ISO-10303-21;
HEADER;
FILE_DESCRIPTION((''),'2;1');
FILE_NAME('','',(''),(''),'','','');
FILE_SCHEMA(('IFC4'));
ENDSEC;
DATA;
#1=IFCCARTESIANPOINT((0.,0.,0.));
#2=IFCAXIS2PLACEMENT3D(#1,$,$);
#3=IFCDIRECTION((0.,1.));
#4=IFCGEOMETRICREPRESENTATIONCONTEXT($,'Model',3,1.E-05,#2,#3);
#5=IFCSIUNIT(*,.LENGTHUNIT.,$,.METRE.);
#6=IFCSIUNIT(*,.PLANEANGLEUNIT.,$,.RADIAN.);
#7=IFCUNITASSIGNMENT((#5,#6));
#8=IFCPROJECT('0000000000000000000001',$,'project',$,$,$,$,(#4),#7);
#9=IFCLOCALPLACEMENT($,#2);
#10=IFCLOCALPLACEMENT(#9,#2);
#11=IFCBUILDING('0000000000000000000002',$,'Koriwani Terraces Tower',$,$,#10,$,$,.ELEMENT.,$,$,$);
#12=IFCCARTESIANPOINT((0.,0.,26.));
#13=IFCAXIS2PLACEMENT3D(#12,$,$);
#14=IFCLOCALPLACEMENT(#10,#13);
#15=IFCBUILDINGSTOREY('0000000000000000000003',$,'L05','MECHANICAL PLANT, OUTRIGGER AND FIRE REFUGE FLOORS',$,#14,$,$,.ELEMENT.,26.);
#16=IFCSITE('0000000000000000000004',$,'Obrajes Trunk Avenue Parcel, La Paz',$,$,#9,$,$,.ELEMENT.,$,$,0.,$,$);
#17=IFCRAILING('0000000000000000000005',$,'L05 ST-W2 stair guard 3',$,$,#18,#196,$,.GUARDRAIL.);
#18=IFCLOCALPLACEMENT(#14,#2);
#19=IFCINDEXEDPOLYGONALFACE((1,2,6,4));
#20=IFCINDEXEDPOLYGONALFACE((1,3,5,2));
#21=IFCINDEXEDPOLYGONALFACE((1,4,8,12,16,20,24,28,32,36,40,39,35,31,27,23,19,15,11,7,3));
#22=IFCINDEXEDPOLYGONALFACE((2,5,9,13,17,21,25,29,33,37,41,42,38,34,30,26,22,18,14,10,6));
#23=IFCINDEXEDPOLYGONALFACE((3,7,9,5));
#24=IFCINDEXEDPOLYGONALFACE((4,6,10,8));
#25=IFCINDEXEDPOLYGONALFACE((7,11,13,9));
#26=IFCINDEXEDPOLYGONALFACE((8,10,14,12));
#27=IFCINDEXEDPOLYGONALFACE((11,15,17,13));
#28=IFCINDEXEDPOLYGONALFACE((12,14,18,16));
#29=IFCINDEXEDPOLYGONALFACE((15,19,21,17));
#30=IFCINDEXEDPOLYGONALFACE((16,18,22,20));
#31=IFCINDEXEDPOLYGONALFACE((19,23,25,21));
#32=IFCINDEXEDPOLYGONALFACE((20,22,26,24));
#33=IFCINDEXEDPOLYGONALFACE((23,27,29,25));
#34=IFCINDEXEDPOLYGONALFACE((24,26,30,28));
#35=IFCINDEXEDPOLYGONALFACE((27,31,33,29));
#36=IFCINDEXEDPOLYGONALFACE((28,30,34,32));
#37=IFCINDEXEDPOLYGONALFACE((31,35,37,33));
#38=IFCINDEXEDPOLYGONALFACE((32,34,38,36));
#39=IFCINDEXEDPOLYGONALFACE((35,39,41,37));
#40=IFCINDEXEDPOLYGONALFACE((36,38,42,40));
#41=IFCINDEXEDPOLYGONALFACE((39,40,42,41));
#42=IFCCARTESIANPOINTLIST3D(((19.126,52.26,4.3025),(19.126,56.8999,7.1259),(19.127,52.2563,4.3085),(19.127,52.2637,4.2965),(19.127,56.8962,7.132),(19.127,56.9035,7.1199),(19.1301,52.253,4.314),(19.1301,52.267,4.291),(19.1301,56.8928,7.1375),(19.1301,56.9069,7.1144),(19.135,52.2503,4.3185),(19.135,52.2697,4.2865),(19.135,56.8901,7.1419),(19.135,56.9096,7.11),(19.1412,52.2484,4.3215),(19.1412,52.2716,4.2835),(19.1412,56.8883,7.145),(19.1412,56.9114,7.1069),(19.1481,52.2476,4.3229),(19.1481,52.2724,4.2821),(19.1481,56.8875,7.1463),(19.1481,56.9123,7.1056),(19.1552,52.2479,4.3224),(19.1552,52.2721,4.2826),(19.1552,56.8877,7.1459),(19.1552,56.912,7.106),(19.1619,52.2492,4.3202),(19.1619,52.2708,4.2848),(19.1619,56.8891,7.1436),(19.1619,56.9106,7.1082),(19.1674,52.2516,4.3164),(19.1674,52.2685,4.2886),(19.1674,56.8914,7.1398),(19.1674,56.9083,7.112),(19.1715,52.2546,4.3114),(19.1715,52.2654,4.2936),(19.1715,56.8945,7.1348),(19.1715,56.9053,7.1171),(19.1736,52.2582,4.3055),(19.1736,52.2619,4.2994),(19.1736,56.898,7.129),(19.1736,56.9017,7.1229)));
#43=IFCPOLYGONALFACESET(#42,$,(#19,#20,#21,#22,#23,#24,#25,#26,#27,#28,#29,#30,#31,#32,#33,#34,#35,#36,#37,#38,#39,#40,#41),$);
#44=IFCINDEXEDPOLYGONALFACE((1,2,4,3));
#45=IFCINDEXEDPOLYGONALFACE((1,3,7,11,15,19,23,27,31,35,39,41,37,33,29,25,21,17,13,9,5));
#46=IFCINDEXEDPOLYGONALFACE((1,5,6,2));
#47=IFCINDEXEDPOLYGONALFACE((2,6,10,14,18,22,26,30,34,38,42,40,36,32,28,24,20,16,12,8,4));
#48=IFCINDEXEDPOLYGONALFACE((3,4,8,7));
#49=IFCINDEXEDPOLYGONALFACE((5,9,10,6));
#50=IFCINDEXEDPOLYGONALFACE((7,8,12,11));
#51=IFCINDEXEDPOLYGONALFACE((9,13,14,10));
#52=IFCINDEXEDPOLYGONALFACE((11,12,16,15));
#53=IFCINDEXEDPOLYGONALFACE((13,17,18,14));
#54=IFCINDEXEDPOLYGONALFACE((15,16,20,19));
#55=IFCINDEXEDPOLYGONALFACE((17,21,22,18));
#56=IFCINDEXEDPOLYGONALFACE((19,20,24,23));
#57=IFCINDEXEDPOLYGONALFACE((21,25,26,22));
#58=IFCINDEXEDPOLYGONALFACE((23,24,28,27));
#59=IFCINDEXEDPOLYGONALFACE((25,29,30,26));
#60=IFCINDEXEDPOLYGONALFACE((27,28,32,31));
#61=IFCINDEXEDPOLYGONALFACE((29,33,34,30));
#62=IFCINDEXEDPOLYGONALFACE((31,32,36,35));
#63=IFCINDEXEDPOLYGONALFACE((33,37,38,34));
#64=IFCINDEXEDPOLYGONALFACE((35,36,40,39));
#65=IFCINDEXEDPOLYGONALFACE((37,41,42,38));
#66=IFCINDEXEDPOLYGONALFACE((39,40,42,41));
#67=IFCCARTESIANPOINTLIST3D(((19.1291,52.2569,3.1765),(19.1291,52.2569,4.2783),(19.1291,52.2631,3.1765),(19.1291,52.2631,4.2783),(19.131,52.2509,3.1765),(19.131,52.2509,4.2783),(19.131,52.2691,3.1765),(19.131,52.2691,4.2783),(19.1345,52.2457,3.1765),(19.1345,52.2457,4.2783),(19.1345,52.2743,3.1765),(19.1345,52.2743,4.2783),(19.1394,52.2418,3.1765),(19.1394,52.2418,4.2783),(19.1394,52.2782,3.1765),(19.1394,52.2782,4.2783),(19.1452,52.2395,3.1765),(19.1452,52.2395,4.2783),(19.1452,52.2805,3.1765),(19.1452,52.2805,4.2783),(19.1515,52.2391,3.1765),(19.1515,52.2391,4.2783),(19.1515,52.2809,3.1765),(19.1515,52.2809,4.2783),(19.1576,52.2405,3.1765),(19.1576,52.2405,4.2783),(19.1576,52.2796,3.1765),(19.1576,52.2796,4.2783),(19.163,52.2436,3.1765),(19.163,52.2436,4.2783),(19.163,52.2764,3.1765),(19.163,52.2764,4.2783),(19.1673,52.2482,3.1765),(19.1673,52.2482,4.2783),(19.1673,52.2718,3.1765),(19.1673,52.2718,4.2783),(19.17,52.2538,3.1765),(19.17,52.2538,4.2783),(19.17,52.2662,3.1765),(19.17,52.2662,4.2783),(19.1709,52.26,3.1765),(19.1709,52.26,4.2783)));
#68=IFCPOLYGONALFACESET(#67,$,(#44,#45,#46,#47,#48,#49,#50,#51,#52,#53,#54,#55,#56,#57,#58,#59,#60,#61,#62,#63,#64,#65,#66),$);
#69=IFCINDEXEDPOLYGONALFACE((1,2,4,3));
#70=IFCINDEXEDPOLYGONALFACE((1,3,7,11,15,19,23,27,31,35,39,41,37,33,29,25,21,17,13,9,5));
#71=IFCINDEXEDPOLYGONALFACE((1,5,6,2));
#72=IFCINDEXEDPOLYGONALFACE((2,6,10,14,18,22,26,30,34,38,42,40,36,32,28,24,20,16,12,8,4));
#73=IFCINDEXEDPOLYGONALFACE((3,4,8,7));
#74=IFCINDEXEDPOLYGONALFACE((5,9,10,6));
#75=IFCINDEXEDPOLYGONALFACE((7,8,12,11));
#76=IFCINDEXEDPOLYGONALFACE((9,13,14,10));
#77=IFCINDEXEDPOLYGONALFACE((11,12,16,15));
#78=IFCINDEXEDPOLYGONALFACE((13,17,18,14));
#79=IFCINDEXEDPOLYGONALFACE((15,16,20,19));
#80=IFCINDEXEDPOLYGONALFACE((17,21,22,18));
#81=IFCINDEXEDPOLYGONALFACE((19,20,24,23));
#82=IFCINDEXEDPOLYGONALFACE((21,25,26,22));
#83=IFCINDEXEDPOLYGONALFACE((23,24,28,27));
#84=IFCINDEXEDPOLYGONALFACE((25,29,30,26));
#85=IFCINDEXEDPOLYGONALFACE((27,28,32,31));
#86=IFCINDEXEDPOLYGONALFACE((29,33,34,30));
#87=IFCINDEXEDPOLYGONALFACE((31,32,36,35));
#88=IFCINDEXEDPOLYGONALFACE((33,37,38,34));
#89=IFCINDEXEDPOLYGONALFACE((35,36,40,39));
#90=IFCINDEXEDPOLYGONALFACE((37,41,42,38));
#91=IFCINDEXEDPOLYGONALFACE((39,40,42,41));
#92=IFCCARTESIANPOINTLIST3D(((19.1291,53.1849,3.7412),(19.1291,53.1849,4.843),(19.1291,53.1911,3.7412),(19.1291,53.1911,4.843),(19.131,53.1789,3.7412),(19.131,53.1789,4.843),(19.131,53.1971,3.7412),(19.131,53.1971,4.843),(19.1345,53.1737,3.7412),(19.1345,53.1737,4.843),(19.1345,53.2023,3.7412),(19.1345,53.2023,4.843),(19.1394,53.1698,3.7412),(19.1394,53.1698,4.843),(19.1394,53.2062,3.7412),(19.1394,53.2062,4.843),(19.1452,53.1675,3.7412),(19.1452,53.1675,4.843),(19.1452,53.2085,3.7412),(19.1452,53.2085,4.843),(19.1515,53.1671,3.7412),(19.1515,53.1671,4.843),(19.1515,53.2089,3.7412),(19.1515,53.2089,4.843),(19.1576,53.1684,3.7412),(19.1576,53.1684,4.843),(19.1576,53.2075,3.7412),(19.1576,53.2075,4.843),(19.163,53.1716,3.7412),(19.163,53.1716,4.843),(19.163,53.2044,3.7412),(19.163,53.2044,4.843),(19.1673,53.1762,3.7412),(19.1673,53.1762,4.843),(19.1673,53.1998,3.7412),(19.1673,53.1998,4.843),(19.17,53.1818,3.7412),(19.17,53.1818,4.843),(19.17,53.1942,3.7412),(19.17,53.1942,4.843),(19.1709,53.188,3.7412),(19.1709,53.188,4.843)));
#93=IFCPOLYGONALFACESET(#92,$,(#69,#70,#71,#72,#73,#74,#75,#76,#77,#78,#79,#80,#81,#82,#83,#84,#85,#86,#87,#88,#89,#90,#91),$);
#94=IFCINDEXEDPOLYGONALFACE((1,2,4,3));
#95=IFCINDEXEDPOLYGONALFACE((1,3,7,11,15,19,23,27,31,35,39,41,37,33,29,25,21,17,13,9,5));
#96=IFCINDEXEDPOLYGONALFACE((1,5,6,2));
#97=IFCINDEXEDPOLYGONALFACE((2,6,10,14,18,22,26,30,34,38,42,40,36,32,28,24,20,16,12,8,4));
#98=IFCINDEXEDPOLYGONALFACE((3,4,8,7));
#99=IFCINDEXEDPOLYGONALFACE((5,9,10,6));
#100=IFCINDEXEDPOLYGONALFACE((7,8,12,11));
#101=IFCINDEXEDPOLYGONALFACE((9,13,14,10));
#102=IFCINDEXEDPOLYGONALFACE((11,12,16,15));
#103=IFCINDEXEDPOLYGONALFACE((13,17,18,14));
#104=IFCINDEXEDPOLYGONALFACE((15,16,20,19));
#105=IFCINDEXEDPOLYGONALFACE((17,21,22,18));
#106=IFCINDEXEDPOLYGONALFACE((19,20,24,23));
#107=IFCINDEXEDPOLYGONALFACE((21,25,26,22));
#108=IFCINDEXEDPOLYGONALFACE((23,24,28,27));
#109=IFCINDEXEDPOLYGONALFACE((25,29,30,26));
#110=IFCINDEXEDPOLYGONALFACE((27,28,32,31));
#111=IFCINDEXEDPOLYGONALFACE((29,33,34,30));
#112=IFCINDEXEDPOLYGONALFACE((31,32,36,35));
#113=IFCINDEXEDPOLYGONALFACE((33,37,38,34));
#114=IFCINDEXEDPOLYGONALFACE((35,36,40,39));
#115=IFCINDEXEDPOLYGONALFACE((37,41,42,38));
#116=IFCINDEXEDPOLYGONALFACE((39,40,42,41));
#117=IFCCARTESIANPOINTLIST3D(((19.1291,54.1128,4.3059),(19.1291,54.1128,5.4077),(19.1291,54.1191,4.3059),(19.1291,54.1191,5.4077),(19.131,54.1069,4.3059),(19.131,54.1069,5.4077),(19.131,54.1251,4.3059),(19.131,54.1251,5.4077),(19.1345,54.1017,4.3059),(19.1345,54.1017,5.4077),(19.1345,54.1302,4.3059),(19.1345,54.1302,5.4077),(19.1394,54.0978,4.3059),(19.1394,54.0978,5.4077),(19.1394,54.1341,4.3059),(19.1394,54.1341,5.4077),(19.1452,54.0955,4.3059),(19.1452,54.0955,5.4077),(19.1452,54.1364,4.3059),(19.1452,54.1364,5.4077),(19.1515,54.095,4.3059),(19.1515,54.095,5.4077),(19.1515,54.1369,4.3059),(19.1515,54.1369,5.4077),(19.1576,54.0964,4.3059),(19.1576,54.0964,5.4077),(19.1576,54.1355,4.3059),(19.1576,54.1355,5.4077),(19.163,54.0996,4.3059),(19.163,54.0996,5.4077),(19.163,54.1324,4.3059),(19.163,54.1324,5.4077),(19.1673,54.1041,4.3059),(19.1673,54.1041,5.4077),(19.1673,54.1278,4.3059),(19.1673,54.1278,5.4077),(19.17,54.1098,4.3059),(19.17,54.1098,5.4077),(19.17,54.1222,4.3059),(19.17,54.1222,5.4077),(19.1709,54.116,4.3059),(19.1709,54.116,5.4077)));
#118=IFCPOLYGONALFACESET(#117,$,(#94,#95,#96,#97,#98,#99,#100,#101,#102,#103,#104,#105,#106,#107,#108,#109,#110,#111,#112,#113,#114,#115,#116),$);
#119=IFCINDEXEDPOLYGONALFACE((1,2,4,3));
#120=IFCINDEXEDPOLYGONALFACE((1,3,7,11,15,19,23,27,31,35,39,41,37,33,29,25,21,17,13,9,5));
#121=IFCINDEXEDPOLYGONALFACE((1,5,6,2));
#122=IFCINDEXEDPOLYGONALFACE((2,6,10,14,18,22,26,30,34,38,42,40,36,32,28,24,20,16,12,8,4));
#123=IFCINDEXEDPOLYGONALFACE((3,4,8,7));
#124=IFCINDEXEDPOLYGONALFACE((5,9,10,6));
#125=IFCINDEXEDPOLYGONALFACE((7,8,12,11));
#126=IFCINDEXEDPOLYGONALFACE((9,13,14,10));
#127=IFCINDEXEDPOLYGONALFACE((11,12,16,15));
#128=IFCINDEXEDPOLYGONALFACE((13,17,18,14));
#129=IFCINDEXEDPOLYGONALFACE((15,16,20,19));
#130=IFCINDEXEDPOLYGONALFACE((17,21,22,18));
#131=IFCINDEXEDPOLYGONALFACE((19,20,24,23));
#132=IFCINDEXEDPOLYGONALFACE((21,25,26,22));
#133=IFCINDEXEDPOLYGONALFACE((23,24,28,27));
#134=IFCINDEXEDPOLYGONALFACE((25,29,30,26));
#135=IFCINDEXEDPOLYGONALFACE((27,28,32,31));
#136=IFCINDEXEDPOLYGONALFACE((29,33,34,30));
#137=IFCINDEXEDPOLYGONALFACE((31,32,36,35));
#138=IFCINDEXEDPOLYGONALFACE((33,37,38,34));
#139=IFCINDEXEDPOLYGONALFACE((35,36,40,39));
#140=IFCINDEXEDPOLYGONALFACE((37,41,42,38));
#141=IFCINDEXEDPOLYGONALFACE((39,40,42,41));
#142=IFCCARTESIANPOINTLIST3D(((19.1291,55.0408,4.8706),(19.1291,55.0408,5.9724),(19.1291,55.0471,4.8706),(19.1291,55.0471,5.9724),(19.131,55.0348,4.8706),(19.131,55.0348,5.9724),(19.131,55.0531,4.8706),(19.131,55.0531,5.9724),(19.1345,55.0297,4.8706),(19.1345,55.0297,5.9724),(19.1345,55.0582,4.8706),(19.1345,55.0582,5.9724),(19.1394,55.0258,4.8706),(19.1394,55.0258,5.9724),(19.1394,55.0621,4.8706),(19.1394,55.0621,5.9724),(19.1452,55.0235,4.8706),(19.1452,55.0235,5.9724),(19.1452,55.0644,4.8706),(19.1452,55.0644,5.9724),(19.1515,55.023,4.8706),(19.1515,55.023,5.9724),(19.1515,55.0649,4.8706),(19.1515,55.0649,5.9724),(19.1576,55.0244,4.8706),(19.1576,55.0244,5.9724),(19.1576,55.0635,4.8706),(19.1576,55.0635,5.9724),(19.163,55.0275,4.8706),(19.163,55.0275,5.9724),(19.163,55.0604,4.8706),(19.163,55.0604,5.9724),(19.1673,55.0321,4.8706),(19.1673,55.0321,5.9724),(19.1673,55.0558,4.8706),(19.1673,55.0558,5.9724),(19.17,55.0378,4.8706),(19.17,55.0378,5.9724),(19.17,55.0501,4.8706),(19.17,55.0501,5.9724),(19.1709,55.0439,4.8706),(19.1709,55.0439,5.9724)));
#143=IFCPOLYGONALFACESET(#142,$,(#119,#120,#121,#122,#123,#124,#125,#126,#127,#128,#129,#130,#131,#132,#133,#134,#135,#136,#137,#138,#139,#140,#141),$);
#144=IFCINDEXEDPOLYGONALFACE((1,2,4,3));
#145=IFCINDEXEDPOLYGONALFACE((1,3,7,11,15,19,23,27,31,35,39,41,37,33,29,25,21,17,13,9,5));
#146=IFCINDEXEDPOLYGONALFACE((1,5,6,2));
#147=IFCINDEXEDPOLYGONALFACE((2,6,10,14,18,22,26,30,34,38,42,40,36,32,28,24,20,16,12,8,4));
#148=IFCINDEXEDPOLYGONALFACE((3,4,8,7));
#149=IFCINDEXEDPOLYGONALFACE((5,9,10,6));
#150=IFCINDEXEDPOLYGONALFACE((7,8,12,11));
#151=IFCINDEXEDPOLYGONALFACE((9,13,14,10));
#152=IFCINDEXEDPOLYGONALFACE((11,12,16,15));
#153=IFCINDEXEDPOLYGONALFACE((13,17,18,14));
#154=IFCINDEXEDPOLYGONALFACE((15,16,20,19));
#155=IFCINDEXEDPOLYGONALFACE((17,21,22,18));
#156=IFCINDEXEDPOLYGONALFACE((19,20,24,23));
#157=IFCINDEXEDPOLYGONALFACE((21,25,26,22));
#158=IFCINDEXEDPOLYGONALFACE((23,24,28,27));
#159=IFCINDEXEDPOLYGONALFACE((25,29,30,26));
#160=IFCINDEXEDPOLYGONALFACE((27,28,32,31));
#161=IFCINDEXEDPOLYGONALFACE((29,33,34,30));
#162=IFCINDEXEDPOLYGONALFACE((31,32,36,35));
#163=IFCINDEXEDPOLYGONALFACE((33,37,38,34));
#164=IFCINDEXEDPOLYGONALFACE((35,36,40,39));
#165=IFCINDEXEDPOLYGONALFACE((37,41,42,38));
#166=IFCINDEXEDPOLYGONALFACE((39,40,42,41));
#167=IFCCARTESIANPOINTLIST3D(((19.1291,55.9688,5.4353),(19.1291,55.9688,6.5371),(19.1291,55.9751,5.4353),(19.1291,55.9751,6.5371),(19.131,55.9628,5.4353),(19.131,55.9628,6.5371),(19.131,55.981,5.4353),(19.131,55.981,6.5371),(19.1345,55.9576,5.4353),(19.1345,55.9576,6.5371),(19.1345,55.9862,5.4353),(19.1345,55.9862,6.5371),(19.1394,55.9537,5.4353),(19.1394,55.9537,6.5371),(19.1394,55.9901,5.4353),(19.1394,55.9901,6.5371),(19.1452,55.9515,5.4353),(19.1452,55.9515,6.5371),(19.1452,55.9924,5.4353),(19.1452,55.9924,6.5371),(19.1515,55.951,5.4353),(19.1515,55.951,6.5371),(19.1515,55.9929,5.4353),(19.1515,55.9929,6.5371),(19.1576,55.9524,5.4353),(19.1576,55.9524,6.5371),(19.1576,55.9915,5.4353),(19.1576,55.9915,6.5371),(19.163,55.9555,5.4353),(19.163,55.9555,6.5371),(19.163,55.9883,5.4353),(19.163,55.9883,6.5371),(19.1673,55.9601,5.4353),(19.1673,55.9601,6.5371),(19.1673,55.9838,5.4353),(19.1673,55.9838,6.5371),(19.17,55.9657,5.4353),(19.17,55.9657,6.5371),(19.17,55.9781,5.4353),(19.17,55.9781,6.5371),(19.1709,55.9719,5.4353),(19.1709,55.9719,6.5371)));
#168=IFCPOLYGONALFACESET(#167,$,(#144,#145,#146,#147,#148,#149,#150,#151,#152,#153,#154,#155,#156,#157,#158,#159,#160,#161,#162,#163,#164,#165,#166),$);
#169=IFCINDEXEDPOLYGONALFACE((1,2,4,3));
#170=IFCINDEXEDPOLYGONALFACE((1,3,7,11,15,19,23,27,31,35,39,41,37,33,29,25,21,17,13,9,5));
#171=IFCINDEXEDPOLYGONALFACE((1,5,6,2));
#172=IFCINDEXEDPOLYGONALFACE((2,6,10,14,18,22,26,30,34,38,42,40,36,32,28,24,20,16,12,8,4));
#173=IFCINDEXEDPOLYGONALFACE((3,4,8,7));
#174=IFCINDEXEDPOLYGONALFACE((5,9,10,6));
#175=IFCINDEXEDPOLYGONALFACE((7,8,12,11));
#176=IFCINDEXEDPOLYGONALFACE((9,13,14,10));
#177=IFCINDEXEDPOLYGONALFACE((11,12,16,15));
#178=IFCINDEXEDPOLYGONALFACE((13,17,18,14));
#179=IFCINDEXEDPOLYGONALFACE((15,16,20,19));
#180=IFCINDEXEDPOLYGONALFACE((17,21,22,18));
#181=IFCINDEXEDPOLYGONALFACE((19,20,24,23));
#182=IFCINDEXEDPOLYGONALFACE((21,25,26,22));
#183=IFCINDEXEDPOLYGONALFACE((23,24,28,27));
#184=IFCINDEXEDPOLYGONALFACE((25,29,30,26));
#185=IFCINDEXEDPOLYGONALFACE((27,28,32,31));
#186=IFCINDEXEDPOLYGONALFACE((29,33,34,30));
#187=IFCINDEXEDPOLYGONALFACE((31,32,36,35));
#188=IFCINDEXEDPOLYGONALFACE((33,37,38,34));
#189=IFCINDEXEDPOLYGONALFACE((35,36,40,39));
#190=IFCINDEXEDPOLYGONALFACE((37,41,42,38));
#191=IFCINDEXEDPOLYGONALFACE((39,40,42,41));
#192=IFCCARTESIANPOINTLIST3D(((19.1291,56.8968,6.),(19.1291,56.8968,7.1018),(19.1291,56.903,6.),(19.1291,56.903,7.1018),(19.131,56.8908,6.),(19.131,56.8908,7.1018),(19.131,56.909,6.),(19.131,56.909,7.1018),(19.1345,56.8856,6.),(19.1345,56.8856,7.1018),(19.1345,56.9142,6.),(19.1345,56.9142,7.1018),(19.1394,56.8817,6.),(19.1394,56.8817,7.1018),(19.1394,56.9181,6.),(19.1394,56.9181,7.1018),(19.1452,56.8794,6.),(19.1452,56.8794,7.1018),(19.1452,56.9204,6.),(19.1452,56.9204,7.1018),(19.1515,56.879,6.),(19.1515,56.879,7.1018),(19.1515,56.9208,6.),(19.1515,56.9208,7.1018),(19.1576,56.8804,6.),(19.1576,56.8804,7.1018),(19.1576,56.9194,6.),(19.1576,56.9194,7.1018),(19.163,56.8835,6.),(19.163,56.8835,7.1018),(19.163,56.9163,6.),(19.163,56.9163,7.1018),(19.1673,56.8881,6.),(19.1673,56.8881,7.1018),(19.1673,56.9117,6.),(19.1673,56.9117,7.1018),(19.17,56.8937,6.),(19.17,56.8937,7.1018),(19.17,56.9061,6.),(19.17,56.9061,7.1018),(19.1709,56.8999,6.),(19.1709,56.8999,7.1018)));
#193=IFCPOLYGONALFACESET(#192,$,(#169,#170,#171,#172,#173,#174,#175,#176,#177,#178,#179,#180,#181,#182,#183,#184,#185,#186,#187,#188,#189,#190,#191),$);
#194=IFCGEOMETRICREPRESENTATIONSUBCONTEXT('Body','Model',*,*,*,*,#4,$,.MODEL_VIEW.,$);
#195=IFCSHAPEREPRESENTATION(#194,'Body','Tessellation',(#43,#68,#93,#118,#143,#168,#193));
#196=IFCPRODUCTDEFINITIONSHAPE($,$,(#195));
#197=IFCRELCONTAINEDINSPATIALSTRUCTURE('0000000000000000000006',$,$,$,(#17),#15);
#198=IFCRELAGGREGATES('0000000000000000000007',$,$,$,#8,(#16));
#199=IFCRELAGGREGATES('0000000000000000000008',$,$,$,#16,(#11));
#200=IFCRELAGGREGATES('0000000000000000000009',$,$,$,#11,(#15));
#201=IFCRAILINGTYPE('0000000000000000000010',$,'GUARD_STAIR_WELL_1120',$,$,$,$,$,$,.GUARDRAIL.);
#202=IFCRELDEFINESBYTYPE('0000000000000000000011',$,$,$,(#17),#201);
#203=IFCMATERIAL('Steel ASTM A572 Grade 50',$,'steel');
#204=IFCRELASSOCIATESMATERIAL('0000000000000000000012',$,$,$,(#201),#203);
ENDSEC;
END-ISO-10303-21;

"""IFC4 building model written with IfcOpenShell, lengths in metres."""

from ifc_helpers import new_model, si_unit, direction, frame, origin, origin_2d, place, context, subcontext, project, spatial, circle, extrude, material, type_object, element, save


model = new_model("IFC4")

# Units and contexts
model_context = context("Model", 3, precision=1e-05, world=origin(), true_north=direction((0.0, 1.0)))
body_context = subcontext(model_context, "Body", "Model", "MODEL_VIEW")
ifc_project = project(units=[si_unit("LENGTHUNIT", "METRE"), si_unit("PLANEANGLEUNIT", "RADIAN")], contexts=[model_context])

# Site, building, storey
site_placement = place(None, origin())
site = spatial("IfcSite", under=ifc_project, at=site_placement, Name="Obrajes Trunk Avenue Parcel, La Paz", CompositionType="ELEMENT", RefElevation=0.0)
building_placement = place(site_placement, origin())
building = spatial("IfcBuilding", under=site, at=building_placement, Name="Koriwani Terraces Tower", CompositionType="ELEMENT")
storey_placement = place(building_placement, frame((0.0, 0.0, 26.0)))
storey = spatial("IfcBuildingStorey", under=building, at=storey_placement, Name="L05", Description="MECHANICAL PLANT, OUTRIGGER AND FIRE REFUGE FLOORS", CompositionType="ELEMENT", Elevation=26.0)

# Shared definitions
ifc_material_1 = material(Name="Steel ASTM A572 Grade 50", Category="steel")

# Railing
railing_type_1 = type_object("IfcRailingType", Name="GUARD_STAIR_WELL_1120", PredefinedType="GUARDRAIL", material=ifc_material_1)
railing_1_placement = place(storey_placement, frame((19.1499, 52.26, 3.1765)))
element("IfcRailing", 1, at=railing_1_placement, inside=storey, type_object=railing_type_1, Name="L05 ST-W2 stair guard 3", PredefinedType="GUARDRAIL", context=body_context, shape_type="SweptSolid", body=[
    extrude(circle(Radius=0.0239, at=origin_2d()), frame((0.0, 0.0, 1.126), z_axis=(0.0, 0.854264, 0.51984), x_axis=(-1.0, 0.0, 0.0)), (0.0, 0.0, 1.0), 5.4314),
    extrude(circle(Radius=0.021, at=origin_2d()), origin(), (0.0, 0.0, 1.0), 1.1018),
    extrude(circle(Radius=0.021, at=origin_2d()), frame((0.0, 0.928, 0.5647)), (0.0, 0.0, 1.0), 1.1018),
    extrude(circle(Radius=0.021, at=origin_2d()), frame((0.0, 1.856, 1.1294)), (0.0, 0.0, 1.0), 1.1018),
    extrude(circle(Radius=0.021, at=origin_2d()), frame((0.0, 2.7839, 1.6941)), (0.0, 0.0, 1.0), 1.1018),
    extrude(circle(Radius=0.021, at=origin_2d()), frame((0.0, 3.7119, 2.2588)), (0.0, 0.0, 1.0), 1.1018),
    extrude(circle(Radius=0.021, at=origin_2d()), frame((0.0, 4.6399, 2.8235)), (0.0, 0.0, 1.0), 1.1018),
])

save(model, "model.ifc")
